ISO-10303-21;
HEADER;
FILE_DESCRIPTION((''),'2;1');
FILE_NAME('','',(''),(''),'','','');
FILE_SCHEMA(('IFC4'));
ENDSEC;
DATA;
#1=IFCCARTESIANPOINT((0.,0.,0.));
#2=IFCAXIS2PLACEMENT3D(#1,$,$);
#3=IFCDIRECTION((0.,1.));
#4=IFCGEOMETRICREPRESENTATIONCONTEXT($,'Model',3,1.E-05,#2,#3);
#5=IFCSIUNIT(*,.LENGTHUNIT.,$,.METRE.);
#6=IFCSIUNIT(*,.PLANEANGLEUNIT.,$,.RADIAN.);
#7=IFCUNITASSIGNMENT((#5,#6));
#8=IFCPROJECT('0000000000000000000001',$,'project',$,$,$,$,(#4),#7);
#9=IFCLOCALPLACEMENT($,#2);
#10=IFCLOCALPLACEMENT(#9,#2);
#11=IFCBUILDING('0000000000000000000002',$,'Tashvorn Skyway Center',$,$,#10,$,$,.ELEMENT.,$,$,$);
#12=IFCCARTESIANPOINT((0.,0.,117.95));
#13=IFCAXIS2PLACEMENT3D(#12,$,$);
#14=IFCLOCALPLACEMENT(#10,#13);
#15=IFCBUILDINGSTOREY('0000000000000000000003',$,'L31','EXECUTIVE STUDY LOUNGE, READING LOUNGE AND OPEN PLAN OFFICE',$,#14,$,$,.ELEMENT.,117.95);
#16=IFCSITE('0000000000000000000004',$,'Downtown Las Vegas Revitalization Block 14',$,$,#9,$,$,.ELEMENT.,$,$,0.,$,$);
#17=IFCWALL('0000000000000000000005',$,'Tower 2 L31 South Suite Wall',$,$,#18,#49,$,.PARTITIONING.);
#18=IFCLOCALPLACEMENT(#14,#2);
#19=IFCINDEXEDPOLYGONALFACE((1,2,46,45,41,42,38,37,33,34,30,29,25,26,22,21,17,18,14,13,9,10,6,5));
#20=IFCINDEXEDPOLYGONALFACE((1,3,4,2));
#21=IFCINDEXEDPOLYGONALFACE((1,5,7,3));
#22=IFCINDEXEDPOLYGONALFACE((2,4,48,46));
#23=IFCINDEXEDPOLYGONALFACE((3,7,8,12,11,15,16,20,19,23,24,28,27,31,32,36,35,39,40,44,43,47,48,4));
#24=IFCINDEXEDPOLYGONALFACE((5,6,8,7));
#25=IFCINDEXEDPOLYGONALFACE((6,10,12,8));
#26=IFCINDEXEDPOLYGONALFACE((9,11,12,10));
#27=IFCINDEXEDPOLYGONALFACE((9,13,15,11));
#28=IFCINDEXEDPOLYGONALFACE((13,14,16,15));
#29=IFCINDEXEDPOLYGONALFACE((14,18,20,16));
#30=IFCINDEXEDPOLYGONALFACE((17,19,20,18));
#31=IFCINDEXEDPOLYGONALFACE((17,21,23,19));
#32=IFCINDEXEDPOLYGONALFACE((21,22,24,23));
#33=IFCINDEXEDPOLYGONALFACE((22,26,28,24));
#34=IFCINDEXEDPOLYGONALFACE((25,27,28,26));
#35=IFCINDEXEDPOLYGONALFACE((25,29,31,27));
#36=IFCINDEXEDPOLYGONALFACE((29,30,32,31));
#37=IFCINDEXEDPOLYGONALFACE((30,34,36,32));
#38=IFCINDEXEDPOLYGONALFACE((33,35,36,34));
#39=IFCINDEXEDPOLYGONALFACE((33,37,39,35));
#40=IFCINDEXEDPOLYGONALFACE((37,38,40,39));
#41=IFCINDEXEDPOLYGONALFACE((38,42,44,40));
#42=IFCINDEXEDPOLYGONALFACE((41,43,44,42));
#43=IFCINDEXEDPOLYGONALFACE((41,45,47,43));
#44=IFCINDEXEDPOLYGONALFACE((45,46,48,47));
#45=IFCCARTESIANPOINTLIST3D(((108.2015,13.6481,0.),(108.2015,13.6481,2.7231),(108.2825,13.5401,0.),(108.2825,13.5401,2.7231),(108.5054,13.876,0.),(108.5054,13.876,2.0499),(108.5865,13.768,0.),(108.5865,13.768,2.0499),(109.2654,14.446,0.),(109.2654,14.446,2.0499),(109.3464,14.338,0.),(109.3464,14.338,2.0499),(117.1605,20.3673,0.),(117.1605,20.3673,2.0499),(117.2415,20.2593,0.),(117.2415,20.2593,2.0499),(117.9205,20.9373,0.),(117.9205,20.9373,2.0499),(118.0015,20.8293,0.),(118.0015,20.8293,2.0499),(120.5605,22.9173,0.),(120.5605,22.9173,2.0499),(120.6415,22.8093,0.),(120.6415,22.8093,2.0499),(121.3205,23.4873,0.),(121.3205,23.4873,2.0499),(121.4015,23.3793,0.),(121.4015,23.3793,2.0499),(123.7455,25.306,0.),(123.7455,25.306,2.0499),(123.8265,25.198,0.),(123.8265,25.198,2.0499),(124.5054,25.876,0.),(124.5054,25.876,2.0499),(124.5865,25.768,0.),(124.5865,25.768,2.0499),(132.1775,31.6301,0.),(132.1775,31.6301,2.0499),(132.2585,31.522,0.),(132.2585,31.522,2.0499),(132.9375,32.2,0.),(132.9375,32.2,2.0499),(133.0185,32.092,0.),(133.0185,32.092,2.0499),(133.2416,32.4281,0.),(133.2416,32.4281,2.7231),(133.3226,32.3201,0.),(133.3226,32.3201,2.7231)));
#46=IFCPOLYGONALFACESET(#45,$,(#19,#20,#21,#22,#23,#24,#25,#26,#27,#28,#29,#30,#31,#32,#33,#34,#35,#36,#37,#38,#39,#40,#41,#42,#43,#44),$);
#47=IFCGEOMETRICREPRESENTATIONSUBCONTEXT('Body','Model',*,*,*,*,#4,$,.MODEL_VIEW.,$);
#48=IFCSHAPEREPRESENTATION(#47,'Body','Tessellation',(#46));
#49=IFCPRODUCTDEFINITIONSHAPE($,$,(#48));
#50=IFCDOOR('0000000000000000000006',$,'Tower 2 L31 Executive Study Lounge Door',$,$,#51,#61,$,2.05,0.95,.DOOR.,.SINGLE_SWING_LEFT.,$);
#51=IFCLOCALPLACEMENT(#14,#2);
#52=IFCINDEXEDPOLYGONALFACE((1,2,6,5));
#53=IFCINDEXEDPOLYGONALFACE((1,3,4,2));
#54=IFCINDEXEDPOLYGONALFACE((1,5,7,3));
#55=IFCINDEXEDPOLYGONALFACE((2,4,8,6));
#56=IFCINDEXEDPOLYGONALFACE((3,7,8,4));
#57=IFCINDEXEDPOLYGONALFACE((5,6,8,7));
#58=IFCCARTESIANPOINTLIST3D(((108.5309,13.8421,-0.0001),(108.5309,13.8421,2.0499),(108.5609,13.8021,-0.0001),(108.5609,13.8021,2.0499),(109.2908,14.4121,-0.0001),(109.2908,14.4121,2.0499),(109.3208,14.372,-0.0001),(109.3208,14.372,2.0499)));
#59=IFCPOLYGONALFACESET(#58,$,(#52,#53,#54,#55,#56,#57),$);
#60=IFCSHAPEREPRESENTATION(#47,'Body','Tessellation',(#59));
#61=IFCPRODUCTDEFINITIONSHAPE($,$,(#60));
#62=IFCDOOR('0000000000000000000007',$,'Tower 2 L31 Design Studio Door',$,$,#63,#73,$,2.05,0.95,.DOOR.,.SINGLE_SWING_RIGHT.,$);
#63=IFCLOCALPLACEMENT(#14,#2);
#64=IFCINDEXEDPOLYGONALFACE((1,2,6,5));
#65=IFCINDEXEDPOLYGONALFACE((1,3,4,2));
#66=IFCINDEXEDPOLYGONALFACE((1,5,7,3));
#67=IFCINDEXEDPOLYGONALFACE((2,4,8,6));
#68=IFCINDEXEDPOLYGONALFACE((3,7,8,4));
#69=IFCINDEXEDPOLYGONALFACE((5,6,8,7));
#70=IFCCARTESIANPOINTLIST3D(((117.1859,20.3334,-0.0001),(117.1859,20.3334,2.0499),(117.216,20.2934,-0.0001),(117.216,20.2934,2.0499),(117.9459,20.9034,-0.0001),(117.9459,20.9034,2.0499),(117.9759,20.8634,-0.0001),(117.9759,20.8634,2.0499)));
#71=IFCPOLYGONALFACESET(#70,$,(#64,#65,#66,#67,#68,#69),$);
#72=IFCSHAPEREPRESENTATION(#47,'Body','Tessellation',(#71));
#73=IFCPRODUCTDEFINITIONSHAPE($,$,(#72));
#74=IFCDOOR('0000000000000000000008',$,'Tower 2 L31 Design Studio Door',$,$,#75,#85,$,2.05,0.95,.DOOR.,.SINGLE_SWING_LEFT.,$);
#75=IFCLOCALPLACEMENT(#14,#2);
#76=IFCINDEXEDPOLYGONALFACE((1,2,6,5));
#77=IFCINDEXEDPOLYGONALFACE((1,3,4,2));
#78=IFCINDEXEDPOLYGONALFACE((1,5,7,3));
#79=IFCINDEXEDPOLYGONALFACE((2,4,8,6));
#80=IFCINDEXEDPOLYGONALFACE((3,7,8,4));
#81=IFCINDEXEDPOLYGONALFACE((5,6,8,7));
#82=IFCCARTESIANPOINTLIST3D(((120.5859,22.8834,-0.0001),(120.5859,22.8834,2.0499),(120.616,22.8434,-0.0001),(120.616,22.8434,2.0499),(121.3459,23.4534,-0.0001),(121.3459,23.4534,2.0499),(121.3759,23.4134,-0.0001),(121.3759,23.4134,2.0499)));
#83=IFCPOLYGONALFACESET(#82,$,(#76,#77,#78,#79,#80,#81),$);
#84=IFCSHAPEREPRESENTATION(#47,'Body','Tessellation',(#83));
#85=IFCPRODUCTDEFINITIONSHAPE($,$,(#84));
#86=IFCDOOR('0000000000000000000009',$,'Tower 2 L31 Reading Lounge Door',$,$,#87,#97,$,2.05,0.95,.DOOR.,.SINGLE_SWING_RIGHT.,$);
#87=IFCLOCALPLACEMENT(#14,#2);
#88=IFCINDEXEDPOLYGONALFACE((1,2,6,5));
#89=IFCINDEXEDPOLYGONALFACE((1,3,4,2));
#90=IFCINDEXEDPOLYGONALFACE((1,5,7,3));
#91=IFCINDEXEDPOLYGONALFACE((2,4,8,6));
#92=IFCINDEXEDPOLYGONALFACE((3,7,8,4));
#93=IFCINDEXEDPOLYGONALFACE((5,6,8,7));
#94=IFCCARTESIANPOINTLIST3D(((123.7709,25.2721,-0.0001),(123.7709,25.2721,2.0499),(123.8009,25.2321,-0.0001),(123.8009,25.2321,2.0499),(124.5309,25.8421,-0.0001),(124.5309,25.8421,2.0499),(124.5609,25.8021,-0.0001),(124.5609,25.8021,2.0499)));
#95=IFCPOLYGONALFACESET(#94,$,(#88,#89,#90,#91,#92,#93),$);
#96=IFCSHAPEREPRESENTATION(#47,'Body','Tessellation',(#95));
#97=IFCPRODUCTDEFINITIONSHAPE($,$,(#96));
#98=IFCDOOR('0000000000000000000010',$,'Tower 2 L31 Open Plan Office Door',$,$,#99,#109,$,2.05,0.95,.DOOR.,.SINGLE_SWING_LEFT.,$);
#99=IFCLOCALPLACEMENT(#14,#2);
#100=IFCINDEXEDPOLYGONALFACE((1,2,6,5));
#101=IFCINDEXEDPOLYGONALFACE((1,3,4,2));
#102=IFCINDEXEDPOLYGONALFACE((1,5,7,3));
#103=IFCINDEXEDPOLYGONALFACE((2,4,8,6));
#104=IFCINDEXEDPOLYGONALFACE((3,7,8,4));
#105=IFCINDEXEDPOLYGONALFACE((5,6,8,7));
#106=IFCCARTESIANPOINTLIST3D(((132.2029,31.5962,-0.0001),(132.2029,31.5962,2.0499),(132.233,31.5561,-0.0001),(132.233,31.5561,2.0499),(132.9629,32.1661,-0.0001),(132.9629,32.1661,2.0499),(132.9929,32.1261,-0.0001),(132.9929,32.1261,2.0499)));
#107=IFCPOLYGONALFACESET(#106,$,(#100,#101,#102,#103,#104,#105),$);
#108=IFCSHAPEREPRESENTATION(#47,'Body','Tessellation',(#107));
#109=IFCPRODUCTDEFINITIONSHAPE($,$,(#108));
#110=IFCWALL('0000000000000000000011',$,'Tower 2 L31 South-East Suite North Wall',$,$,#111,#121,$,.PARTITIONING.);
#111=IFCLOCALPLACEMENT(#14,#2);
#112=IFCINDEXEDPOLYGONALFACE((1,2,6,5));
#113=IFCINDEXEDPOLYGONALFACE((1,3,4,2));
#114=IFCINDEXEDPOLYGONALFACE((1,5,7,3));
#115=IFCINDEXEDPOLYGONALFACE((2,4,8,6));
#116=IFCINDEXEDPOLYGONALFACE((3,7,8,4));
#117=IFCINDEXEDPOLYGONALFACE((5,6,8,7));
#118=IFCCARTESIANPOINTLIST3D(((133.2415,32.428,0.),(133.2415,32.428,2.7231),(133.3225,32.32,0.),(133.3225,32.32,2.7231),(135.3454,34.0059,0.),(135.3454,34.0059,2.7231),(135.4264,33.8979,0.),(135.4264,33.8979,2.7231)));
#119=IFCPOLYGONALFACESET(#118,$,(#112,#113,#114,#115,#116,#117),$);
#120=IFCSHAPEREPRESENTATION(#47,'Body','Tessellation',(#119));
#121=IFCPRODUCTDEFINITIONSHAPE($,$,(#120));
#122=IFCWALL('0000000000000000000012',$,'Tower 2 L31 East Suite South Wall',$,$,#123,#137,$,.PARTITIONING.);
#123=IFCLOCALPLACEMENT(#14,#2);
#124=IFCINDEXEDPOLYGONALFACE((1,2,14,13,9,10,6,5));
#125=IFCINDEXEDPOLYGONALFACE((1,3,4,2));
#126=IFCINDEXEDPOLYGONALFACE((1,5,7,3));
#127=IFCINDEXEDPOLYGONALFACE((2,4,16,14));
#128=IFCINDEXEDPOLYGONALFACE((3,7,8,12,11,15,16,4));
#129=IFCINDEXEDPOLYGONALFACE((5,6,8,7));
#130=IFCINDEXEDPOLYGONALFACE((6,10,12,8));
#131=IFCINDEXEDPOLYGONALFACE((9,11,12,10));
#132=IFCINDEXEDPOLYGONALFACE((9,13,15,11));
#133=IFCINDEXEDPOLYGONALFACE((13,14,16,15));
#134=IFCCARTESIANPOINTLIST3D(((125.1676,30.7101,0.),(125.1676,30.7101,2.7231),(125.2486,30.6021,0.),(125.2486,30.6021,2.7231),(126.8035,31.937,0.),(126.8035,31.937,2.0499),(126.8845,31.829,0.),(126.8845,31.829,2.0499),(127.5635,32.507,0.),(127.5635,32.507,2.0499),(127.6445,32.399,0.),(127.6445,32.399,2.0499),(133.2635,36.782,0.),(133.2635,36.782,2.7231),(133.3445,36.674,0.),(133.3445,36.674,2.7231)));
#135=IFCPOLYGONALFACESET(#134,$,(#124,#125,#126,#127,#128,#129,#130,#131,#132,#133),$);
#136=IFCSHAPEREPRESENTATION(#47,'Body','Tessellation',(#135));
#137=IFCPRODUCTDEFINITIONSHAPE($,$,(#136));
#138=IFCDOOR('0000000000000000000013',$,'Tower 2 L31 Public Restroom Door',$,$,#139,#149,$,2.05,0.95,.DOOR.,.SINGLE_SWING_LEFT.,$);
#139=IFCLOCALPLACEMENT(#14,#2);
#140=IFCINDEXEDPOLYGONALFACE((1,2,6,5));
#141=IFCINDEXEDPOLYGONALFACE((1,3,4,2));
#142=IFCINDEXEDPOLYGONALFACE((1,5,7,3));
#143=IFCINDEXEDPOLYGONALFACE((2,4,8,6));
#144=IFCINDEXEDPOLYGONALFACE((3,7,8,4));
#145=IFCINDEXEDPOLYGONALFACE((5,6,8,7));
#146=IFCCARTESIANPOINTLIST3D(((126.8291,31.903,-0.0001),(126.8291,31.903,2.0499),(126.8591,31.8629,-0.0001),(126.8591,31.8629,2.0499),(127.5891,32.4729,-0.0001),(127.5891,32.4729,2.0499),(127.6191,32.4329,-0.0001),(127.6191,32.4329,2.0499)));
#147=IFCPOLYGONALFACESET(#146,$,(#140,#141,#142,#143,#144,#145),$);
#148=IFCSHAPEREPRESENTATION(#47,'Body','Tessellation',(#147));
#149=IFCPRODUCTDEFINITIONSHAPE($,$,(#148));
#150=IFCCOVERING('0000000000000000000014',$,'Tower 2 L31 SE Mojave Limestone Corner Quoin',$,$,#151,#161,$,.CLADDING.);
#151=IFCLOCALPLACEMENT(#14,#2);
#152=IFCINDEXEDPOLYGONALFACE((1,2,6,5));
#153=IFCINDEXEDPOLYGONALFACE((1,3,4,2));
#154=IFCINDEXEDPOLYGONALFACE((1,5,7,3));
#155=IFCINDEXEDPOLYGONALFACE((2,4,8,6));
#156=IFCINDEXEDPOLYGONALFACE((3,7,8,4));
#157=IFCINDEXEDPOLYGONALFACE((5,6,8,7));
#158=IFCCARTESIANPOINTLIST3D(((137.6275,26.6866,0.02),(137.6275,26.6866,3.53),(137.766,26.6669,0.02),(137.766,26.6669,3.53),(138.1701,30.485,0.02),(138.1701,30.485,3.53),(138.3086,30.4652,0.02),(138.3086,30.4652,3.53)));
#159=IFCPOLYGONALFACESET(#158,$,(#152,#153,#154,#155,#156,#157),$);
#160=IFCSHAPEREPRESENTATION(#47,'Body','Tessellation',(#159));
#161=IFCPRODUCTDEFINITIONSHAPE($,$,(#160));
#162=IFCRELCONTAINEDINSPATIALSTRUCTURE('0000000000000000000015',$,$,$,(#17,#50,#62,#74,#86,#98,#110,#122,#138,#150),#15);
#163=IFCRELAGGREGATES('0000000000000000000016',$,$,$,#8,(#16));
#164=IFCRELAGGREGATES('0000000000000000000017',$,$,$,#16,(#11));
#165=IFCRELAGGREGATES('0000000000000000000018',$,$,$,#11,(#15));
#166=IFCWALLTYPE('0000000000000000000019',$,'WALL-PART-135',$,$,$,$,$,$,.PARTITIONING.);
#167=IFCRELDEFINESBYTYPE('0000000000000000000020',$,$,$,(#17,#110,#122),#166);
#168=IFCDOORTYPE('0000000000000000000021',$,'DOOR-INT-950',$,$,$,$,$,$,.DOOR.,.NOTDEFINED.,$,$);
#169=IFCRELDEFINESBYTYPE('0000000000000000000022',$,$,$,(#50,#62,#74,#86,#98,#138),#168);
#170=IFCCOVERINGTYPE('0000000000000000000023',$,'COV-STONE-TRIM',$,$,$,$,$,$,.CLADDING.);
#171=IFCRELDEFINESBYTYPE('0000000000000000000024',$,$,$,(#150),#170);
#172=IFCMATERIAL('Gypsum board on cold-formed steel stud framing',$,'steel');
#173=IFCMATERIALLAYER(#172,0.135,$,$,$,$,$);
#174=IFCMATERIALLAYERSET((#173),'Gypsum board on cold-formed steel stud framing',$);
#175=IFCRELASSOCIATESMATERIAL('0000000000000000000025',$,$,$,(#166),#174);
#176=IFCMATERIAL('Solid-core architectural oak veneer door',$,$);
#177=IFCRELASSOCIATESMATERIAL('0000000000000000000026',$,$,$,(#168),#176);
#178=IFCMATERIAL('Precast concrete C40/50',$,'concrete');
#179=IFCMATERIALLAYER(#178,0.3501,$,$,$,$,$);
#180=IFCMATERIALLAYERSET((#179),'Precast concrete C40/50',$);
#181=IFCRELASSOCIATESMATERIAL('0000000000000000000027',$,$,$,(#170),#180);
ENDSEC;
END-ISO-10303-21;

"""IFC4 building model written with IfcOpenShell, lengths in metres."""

from ifc_helpers import new_model, si_unit, direction, frame, frame_2d, origin, origin_2d, place, context, subcontext, project, spatial, rectangle, extrude, material, layer, layer_set, type_object, element, fill, save


model = new_model("IFC4")

# Units and contexts
model_context = context("Model", 3, precision=1e-05, world=origin(), true_north=direction((0.0, 1.0)))
body_context = subcontext(model_context, "Body", "Model", "MODEL_VIEW")
ifc_project = project(units=[si_unit("LENGTHUNIT", "METRE"), si_unit("PLANEANGLEUNIT", "RADIAN")], contexts=[model_context])

# Site, building, storey
site_placement = place(None, origin())
site = spatial("IfcSite", under=ifc_project, at=site_placement, Name="Downtown Las Vegas Revitalization Block 14", CompositionType="ELEMENT", RefElevation=0.0)
building_placement = place(site_placement, origin())
building = spatial("IfcBuilding", under=site, at=building_placement, Name="Tashvorn Skyway Center", CompositionType="ELEMENT")
storey_placement = place(building_placement, frame((0.0, 0.0, 117.95)))
storey = spatial("IfcBuildingStorey", under=building, at=storey_placement, Name="L31", Description="EXECUTIVE STUDY LOUNGE, READING LOUNGE AND OPEN PLAN OFFICE", CompositionType="ELEMENT", Elevation=117.95)

# Shared definitions
ifc_material_1 = material(Name="Precast concrete C40/50", Category="concrete")

# Wall, openings, doors
ifc_material_2 = material(Name="Gypsum board on cold-formed steel stud framing", Category="steel")
ifc_layer_1 = layer(ifc_material_2, 0.135)
ifc_layer_set_1 = layer_set([ifc_layer_1], Name="Gypsum board on cold-formed steel stud framing")
wall_type_1 = type_object("IfcWallType", Name="WALL-PART-135", PredefinedType="PARTITIONING", material=ifc_layer_set_1)
wall_1_placement = place(storey_placement, frame((133.282, 32.374, 0.0), z_axis=(0.0, 0.0, 1.0), x_axis=(-0.8, -0.6, 0.0)))
wall_1 = element("IfcWall", 1, at=wall_1_placement, inside=storey, type_object=wall_type_1, Name="Tower 2 L31 South Suite Wall", PredefinedType="PARTITIONING", context=body_context, shape_type="SweptSolid", body=[
    extrude(rectangle(XDim=31.3, YDim=0.135, at=frame_2d((15.6499, 0.0))), origin(), (0.0, 0.0, 1.0), 2.7231),
])
opening_1_placement = place(wall_1_placement, frame((29.97, 0.0, 0.0)))
opening_1 = element("IfcOpeningElement", 2, at=opening_1_placement, cuts=wall_1, PredefinedType="OPENING", context=body_context, shape_type="SweptSolid", body=[
    extrude(rectangle(XDim=0.95, YDim=2.05, at=frame_2d((0.4751, 1.0249))), frame((0.0, 0.0774, 0.0), z_axis=(0.0, -1.0, 0.0), x_axis=(1.0, 0.0, 0.0)), (0.0, 0.0, 1.0), 0.155),
])
opening_2_placement = place(wall_1_placement, frame((19.1511, 0.0, 0.0)))
opening_2 = element("IfcOpeningElement", 3, at=opening_2_placement, cuts=wall_1, PredefinedType="OPENING", context=body_context, shape_type="SweptSolid", body=[
    extrude(rectangle(XDim=0.95, YDim=2.05, at=frame_2d((0.4751, 1.0249))), frame((0.0, 0.0774, 0.0), z_axis=(0.0, -1.0, 0.0), x_axis=(1.0, 0.0, 0.0)), (0.0, 0.0, 1.0), 0.155),
])
opening_3_placement = place(wall_1_placement, frame((14.9011, 0.0, 0.0)))
opening_3 = element("IfcOpeningElement", 4, at=opening_3_placement, cuts=wall_1, PredefinedType="OPENING", context=body_context, shape_type="SweptSolid", body=[
    extrude(rectangle(XDim=0.95, YDim=2.05, at=frame_2d((0.4751, 1.0249))), frame((0.0, 0.0774, 0.0), z_axis=(0.0, -1.0, 0.0), x_axis=(1.0, 0.0, 0.0)), (0.0, 0.0, 1.0), 0.155),
])
opening_4_placement = place(wall_1_placement, frame((10.9199, 0.0, 0.0)))
opening_4 = element("IfcOpeningElement", 5, at=opening_4_placement, cuts=wall_1, PredefinedType="OPENING", context=body_context, shape_type="SweptSolid", body=[
    extrude(rectangle(XDim=0.95, YDim=2.05, at=frame_2d((0.4751, 1.0249))), frame((0.0, 0.0774, 0.0), z_axis=(0.0, -1.0, 0.0), x_axis=(1.0, 0.0, 0.0)), (0.0, 0.0, 1.0), 0.155),
])
opening_5_placement = place(wall_1_placement, frame((0.3799, 0.0, 0.0)))
opening_5 = element("IfcOpeningElement", 6, at=opening_5_placement, cuts=wall_1, PredefinedType="OPENING", context=body_context, shape_type="SweptSolid", body=[
    extrude(rectangle(XDim=0.95, YDim=2.05, at=frame_2d((0.4751, 1.0249))), frame((0.0, 0.0774, 0.0), z_axis=(0.0, -1.0, 0.0), x_axis=(1.0, 0.0, 0.0)), (0.0, 0.0, 1.0), 0.155),
])
ifc_material_3 = material(Name="Solid-core architectural oak veneer door")
door_type_1 = type_object("IfcDoorType", Name="DOOR-INT-950", OperationType="NOTDEFINED", PredefinedType="DOOR", material=ifc_material_3)
door_1_placement = place(opening_1_placement, origin())
door_1 = element("IfcDoor", 7, at=door_1_placement, inside=storey, type_object=door_type_1, Name="Tower 2 L31 Executive Study Lounge Door", OperationType="SINGLE_SWING_LEFT", OverallHeight=2.05, OverallWidth=0.95, PredefinedType="DOOR", context=body_context, shape_type="SweptSolid", body=[
    extrude(rectangle(XDim=0.95, YDim=2.05, at=frame_2d((0.4751, 1.0249))), frame((0.0, 0.0249, 0.0), z_axis=(0.0, -1.0, 0.0), x_axis=(1.0, 0.0, 0.0)), (0.0, 0.0, 1.0), 0.05),
])
fill(opening_1, door_1)
door_2_placement = place(opening_2_placement, origin())
door_2 = element("IfcDoor", 8, at=door_2_placement, inside=storey, type_object=door_type_1, Name="Tower 2 L31 Design Studio Door", OperationType="SINGLE_SWING_RIGHT", OverallHeight=2.05, OverallWidth=0.95, PredefinedType="DOOR", context=body_context, shape_type="SweptSolid", body=[
    extrude(rectangle(XDim=0.95, YDim=2.05, at=frame_2d((0.4751, 1.0249))), frame((0.0, 0.0249, 0.0), z_axis=(0.0, -1.0, 0.0), x_axis=(1.0, 0.0, 0.0)), (0.0, 0.0, 1.0), 0.05),
])
fill(opening_2, door_2)
door_3_placement = place(opening_3_placement, origin())
door_3 = element("IfcDoor", 9, at=door_3_placement, inside=storey, type_object=door_type_1, Name="Tower 2 L31 Design Studio Door", OperationType="SINGLE_SWING_LEFT", OverallHeight=2.05, OverallWidth=0.95, PredefinedType="DOOR", context=body_context, shape_type="SweptSolid", body=[
    extrude(rectangle(XDim=0.95, YDim=2.05, at=frame_2d((0.4751, 1.0249))), frame((0.0, 0.0249, 0.0), z_axis=(0.0, -1.0, 0.0), x_axis=(1.0, 0.0, 0.0)), (0.0, 0.0, 1.0), 0.05),
])
fill(opening_3, door_3)
door_4_placement = place(opening_4_placement, origin())
door_4 = element("IfcDoor", 10, at=door_4_placement, inside=storey, type_object=door_type_1, Name="Tower 2 L31 Reading Lounge Door", OperationType="SINGLE_SWING_RIGHT", OverallHeight=2.05, OverallWidth=0.95, PredefinedType="DOOR", context=body_context, shape_type="SweptSolid", body=[
    extrude(rectangle(XDim=0.95, YDim=2.05, at=frame_2d((0.4751, 1.0249))), frame((0.0, 0.0249, 0.0), z_axis=(0.0, -1.0, 0.0), x_axis=(1.0, 0.0, 0.0)), (0.0, 0.0, 1.0), 0.05),
])
fill(opening_4, door_4)
door_5_placement = place(opening_5_placement, origin())
door_5 = element("IfcDoor", 11, at=door_5_placement, inside=storey, type_object=door_type_1, Name="Tower 2 L31 Open Plan Office Door", OperationType="SINGLE_SWING_LEFT", OverallHeight=2.05, OverallWidth=0.95, PredefinedType="DOOR", context=body_context, shape_type="SweptSolid", body=[
    extrude(rectangle(XDim=0.95, YDim=2.05, at=frame_2d((0.4751, 1.0249))), frame((0.0, 0.0249, 0.0), z_axis=(0.0, -1.0, 0.0), x_axis=(1.0, 0.0, 0.0)), (0.0, 0.0, 1.0), 0.05),
])
fill(opening_5, door_5)

# Wall
wall_2_placement = place(storey_placement, frame((133.282, 32.374, 0.0), z_axis=(0.0, 0.0, 1.0), x_axis=(0.800022, 0.59997, 0.0)))
element("IfcWall", 12, at=wall_2_placement, inside=storey, type_object=wall_type_1, Name="Tower 2 L31 South-East Suite North Wall", PredefinedType="PARTITIONING", context=body_context, shape_type="SweptSolid", body=[
    extrude(rectangle(XDim=2.6299, YDim=0.135, at=frame_2d((1.3149, 0.0))), origin(), (0.0, 0.0, 1.0), 2.7231),
])

# Wall, opening, door
wall_3_placement = place(storey_placement, frame((125.208, 30.656, 0.0), z_axis=(0.0, 0.0, 1.0), x_axis=(0.799997, 0.600004, 0.0)))
wall_3 = element("IfcWall", 13, at=wall_3_placement, inside=storey, type_object=wall_type_1, Name="Tower 2 L31 East Suite South Wall", PredefinedType="PARTITIONING", context=body_context, shape_type="SweptSolid", body=[
    extrude(rectangle(XDim=10.1199, YDim=0.135, at=frame_2d((5.0601, 0.0))), origin(), (0.0, 0.0, 1.0), 2.7231),
])
opening_6_placement = place(wall_3_placement, frame((2.0449, 0.0, 0.0)))
opening_6 = element("IfcOpeningElement", 14, at=opening_6_placement, cuts=wall_3, PredefinedType="OPENING", context=body_context, shape_type="SweptSolid", body=[
    extrude(rectangle(XDim=0.95, YDim=2.05, at=frame_2d((0.4751, 1.0249))), frame((0.0, 0.0774, 0.0), z_axis=(0.0, -1.0, 0.0), x_axis=(1.0, 0.0, 0.0)), (0.0, 0.0, 1.0), 0.155),
])
door_6_placement = place(opening_6_placement, origin())
door_6 = element("IfcDoor", 15, at=door_6_placement, inside=storey, type_object=door_type_1, Name="Tower 2 L31 Public Restroom Door", OperationType="SINGLE_SWING_LEFT", OverallHeight=2.05, OverallWidth=0.95, PredefinedType="DOOR", context=body_context, shape_type="SweptSolid", body=[
    extrude(rectangle(XDim=0.95, YDim=2.05, at=frame_2d((0.4751, 1.0249))), frame((0.0, 0.0249, 0.0), z_axis=(0.0, -1.0, 0.0), x_axis=(1.0, 0.0, 0.0)), (0.0, 0.0, 1.0), 0.05),
])
fill(opening_6, door_6)

# Covering
ifc_layer_2 = layer(ifc_material_1, 0.3501)
ifc_layer_set_2 = layer_set([ifc_layer_2], Name="Precast concrete C40/50")
covering_type = type_object("IfcCoveringType", Name="COV-STONE-TRIM", PredefinedType="CLADDING", material=ifc_layer_set_2)
covering_placement = place(storey_placement, frame((137.968, 28.5759, 0.02), z_axis=(0.0, 0.0, 1.0), x_axis=(0.141421, 0.989949, 0.0)))
element("IfcCovering", 16, at=covering_placement, inside=storey, type_object=covering_type, Name="Tower 2 L31 SE Mojave Limestone Corner Quoin", PredefinedType="CLADDING", context=body_context, shape_type="SweptSolid", body=[
    extrude(rectangle(XDim=3.8369, YDim=0.1399, at=origin_2d()), origin(), (0.0, 0.0, 1.0), 3.51),
])

save(model, "model.ifc")
